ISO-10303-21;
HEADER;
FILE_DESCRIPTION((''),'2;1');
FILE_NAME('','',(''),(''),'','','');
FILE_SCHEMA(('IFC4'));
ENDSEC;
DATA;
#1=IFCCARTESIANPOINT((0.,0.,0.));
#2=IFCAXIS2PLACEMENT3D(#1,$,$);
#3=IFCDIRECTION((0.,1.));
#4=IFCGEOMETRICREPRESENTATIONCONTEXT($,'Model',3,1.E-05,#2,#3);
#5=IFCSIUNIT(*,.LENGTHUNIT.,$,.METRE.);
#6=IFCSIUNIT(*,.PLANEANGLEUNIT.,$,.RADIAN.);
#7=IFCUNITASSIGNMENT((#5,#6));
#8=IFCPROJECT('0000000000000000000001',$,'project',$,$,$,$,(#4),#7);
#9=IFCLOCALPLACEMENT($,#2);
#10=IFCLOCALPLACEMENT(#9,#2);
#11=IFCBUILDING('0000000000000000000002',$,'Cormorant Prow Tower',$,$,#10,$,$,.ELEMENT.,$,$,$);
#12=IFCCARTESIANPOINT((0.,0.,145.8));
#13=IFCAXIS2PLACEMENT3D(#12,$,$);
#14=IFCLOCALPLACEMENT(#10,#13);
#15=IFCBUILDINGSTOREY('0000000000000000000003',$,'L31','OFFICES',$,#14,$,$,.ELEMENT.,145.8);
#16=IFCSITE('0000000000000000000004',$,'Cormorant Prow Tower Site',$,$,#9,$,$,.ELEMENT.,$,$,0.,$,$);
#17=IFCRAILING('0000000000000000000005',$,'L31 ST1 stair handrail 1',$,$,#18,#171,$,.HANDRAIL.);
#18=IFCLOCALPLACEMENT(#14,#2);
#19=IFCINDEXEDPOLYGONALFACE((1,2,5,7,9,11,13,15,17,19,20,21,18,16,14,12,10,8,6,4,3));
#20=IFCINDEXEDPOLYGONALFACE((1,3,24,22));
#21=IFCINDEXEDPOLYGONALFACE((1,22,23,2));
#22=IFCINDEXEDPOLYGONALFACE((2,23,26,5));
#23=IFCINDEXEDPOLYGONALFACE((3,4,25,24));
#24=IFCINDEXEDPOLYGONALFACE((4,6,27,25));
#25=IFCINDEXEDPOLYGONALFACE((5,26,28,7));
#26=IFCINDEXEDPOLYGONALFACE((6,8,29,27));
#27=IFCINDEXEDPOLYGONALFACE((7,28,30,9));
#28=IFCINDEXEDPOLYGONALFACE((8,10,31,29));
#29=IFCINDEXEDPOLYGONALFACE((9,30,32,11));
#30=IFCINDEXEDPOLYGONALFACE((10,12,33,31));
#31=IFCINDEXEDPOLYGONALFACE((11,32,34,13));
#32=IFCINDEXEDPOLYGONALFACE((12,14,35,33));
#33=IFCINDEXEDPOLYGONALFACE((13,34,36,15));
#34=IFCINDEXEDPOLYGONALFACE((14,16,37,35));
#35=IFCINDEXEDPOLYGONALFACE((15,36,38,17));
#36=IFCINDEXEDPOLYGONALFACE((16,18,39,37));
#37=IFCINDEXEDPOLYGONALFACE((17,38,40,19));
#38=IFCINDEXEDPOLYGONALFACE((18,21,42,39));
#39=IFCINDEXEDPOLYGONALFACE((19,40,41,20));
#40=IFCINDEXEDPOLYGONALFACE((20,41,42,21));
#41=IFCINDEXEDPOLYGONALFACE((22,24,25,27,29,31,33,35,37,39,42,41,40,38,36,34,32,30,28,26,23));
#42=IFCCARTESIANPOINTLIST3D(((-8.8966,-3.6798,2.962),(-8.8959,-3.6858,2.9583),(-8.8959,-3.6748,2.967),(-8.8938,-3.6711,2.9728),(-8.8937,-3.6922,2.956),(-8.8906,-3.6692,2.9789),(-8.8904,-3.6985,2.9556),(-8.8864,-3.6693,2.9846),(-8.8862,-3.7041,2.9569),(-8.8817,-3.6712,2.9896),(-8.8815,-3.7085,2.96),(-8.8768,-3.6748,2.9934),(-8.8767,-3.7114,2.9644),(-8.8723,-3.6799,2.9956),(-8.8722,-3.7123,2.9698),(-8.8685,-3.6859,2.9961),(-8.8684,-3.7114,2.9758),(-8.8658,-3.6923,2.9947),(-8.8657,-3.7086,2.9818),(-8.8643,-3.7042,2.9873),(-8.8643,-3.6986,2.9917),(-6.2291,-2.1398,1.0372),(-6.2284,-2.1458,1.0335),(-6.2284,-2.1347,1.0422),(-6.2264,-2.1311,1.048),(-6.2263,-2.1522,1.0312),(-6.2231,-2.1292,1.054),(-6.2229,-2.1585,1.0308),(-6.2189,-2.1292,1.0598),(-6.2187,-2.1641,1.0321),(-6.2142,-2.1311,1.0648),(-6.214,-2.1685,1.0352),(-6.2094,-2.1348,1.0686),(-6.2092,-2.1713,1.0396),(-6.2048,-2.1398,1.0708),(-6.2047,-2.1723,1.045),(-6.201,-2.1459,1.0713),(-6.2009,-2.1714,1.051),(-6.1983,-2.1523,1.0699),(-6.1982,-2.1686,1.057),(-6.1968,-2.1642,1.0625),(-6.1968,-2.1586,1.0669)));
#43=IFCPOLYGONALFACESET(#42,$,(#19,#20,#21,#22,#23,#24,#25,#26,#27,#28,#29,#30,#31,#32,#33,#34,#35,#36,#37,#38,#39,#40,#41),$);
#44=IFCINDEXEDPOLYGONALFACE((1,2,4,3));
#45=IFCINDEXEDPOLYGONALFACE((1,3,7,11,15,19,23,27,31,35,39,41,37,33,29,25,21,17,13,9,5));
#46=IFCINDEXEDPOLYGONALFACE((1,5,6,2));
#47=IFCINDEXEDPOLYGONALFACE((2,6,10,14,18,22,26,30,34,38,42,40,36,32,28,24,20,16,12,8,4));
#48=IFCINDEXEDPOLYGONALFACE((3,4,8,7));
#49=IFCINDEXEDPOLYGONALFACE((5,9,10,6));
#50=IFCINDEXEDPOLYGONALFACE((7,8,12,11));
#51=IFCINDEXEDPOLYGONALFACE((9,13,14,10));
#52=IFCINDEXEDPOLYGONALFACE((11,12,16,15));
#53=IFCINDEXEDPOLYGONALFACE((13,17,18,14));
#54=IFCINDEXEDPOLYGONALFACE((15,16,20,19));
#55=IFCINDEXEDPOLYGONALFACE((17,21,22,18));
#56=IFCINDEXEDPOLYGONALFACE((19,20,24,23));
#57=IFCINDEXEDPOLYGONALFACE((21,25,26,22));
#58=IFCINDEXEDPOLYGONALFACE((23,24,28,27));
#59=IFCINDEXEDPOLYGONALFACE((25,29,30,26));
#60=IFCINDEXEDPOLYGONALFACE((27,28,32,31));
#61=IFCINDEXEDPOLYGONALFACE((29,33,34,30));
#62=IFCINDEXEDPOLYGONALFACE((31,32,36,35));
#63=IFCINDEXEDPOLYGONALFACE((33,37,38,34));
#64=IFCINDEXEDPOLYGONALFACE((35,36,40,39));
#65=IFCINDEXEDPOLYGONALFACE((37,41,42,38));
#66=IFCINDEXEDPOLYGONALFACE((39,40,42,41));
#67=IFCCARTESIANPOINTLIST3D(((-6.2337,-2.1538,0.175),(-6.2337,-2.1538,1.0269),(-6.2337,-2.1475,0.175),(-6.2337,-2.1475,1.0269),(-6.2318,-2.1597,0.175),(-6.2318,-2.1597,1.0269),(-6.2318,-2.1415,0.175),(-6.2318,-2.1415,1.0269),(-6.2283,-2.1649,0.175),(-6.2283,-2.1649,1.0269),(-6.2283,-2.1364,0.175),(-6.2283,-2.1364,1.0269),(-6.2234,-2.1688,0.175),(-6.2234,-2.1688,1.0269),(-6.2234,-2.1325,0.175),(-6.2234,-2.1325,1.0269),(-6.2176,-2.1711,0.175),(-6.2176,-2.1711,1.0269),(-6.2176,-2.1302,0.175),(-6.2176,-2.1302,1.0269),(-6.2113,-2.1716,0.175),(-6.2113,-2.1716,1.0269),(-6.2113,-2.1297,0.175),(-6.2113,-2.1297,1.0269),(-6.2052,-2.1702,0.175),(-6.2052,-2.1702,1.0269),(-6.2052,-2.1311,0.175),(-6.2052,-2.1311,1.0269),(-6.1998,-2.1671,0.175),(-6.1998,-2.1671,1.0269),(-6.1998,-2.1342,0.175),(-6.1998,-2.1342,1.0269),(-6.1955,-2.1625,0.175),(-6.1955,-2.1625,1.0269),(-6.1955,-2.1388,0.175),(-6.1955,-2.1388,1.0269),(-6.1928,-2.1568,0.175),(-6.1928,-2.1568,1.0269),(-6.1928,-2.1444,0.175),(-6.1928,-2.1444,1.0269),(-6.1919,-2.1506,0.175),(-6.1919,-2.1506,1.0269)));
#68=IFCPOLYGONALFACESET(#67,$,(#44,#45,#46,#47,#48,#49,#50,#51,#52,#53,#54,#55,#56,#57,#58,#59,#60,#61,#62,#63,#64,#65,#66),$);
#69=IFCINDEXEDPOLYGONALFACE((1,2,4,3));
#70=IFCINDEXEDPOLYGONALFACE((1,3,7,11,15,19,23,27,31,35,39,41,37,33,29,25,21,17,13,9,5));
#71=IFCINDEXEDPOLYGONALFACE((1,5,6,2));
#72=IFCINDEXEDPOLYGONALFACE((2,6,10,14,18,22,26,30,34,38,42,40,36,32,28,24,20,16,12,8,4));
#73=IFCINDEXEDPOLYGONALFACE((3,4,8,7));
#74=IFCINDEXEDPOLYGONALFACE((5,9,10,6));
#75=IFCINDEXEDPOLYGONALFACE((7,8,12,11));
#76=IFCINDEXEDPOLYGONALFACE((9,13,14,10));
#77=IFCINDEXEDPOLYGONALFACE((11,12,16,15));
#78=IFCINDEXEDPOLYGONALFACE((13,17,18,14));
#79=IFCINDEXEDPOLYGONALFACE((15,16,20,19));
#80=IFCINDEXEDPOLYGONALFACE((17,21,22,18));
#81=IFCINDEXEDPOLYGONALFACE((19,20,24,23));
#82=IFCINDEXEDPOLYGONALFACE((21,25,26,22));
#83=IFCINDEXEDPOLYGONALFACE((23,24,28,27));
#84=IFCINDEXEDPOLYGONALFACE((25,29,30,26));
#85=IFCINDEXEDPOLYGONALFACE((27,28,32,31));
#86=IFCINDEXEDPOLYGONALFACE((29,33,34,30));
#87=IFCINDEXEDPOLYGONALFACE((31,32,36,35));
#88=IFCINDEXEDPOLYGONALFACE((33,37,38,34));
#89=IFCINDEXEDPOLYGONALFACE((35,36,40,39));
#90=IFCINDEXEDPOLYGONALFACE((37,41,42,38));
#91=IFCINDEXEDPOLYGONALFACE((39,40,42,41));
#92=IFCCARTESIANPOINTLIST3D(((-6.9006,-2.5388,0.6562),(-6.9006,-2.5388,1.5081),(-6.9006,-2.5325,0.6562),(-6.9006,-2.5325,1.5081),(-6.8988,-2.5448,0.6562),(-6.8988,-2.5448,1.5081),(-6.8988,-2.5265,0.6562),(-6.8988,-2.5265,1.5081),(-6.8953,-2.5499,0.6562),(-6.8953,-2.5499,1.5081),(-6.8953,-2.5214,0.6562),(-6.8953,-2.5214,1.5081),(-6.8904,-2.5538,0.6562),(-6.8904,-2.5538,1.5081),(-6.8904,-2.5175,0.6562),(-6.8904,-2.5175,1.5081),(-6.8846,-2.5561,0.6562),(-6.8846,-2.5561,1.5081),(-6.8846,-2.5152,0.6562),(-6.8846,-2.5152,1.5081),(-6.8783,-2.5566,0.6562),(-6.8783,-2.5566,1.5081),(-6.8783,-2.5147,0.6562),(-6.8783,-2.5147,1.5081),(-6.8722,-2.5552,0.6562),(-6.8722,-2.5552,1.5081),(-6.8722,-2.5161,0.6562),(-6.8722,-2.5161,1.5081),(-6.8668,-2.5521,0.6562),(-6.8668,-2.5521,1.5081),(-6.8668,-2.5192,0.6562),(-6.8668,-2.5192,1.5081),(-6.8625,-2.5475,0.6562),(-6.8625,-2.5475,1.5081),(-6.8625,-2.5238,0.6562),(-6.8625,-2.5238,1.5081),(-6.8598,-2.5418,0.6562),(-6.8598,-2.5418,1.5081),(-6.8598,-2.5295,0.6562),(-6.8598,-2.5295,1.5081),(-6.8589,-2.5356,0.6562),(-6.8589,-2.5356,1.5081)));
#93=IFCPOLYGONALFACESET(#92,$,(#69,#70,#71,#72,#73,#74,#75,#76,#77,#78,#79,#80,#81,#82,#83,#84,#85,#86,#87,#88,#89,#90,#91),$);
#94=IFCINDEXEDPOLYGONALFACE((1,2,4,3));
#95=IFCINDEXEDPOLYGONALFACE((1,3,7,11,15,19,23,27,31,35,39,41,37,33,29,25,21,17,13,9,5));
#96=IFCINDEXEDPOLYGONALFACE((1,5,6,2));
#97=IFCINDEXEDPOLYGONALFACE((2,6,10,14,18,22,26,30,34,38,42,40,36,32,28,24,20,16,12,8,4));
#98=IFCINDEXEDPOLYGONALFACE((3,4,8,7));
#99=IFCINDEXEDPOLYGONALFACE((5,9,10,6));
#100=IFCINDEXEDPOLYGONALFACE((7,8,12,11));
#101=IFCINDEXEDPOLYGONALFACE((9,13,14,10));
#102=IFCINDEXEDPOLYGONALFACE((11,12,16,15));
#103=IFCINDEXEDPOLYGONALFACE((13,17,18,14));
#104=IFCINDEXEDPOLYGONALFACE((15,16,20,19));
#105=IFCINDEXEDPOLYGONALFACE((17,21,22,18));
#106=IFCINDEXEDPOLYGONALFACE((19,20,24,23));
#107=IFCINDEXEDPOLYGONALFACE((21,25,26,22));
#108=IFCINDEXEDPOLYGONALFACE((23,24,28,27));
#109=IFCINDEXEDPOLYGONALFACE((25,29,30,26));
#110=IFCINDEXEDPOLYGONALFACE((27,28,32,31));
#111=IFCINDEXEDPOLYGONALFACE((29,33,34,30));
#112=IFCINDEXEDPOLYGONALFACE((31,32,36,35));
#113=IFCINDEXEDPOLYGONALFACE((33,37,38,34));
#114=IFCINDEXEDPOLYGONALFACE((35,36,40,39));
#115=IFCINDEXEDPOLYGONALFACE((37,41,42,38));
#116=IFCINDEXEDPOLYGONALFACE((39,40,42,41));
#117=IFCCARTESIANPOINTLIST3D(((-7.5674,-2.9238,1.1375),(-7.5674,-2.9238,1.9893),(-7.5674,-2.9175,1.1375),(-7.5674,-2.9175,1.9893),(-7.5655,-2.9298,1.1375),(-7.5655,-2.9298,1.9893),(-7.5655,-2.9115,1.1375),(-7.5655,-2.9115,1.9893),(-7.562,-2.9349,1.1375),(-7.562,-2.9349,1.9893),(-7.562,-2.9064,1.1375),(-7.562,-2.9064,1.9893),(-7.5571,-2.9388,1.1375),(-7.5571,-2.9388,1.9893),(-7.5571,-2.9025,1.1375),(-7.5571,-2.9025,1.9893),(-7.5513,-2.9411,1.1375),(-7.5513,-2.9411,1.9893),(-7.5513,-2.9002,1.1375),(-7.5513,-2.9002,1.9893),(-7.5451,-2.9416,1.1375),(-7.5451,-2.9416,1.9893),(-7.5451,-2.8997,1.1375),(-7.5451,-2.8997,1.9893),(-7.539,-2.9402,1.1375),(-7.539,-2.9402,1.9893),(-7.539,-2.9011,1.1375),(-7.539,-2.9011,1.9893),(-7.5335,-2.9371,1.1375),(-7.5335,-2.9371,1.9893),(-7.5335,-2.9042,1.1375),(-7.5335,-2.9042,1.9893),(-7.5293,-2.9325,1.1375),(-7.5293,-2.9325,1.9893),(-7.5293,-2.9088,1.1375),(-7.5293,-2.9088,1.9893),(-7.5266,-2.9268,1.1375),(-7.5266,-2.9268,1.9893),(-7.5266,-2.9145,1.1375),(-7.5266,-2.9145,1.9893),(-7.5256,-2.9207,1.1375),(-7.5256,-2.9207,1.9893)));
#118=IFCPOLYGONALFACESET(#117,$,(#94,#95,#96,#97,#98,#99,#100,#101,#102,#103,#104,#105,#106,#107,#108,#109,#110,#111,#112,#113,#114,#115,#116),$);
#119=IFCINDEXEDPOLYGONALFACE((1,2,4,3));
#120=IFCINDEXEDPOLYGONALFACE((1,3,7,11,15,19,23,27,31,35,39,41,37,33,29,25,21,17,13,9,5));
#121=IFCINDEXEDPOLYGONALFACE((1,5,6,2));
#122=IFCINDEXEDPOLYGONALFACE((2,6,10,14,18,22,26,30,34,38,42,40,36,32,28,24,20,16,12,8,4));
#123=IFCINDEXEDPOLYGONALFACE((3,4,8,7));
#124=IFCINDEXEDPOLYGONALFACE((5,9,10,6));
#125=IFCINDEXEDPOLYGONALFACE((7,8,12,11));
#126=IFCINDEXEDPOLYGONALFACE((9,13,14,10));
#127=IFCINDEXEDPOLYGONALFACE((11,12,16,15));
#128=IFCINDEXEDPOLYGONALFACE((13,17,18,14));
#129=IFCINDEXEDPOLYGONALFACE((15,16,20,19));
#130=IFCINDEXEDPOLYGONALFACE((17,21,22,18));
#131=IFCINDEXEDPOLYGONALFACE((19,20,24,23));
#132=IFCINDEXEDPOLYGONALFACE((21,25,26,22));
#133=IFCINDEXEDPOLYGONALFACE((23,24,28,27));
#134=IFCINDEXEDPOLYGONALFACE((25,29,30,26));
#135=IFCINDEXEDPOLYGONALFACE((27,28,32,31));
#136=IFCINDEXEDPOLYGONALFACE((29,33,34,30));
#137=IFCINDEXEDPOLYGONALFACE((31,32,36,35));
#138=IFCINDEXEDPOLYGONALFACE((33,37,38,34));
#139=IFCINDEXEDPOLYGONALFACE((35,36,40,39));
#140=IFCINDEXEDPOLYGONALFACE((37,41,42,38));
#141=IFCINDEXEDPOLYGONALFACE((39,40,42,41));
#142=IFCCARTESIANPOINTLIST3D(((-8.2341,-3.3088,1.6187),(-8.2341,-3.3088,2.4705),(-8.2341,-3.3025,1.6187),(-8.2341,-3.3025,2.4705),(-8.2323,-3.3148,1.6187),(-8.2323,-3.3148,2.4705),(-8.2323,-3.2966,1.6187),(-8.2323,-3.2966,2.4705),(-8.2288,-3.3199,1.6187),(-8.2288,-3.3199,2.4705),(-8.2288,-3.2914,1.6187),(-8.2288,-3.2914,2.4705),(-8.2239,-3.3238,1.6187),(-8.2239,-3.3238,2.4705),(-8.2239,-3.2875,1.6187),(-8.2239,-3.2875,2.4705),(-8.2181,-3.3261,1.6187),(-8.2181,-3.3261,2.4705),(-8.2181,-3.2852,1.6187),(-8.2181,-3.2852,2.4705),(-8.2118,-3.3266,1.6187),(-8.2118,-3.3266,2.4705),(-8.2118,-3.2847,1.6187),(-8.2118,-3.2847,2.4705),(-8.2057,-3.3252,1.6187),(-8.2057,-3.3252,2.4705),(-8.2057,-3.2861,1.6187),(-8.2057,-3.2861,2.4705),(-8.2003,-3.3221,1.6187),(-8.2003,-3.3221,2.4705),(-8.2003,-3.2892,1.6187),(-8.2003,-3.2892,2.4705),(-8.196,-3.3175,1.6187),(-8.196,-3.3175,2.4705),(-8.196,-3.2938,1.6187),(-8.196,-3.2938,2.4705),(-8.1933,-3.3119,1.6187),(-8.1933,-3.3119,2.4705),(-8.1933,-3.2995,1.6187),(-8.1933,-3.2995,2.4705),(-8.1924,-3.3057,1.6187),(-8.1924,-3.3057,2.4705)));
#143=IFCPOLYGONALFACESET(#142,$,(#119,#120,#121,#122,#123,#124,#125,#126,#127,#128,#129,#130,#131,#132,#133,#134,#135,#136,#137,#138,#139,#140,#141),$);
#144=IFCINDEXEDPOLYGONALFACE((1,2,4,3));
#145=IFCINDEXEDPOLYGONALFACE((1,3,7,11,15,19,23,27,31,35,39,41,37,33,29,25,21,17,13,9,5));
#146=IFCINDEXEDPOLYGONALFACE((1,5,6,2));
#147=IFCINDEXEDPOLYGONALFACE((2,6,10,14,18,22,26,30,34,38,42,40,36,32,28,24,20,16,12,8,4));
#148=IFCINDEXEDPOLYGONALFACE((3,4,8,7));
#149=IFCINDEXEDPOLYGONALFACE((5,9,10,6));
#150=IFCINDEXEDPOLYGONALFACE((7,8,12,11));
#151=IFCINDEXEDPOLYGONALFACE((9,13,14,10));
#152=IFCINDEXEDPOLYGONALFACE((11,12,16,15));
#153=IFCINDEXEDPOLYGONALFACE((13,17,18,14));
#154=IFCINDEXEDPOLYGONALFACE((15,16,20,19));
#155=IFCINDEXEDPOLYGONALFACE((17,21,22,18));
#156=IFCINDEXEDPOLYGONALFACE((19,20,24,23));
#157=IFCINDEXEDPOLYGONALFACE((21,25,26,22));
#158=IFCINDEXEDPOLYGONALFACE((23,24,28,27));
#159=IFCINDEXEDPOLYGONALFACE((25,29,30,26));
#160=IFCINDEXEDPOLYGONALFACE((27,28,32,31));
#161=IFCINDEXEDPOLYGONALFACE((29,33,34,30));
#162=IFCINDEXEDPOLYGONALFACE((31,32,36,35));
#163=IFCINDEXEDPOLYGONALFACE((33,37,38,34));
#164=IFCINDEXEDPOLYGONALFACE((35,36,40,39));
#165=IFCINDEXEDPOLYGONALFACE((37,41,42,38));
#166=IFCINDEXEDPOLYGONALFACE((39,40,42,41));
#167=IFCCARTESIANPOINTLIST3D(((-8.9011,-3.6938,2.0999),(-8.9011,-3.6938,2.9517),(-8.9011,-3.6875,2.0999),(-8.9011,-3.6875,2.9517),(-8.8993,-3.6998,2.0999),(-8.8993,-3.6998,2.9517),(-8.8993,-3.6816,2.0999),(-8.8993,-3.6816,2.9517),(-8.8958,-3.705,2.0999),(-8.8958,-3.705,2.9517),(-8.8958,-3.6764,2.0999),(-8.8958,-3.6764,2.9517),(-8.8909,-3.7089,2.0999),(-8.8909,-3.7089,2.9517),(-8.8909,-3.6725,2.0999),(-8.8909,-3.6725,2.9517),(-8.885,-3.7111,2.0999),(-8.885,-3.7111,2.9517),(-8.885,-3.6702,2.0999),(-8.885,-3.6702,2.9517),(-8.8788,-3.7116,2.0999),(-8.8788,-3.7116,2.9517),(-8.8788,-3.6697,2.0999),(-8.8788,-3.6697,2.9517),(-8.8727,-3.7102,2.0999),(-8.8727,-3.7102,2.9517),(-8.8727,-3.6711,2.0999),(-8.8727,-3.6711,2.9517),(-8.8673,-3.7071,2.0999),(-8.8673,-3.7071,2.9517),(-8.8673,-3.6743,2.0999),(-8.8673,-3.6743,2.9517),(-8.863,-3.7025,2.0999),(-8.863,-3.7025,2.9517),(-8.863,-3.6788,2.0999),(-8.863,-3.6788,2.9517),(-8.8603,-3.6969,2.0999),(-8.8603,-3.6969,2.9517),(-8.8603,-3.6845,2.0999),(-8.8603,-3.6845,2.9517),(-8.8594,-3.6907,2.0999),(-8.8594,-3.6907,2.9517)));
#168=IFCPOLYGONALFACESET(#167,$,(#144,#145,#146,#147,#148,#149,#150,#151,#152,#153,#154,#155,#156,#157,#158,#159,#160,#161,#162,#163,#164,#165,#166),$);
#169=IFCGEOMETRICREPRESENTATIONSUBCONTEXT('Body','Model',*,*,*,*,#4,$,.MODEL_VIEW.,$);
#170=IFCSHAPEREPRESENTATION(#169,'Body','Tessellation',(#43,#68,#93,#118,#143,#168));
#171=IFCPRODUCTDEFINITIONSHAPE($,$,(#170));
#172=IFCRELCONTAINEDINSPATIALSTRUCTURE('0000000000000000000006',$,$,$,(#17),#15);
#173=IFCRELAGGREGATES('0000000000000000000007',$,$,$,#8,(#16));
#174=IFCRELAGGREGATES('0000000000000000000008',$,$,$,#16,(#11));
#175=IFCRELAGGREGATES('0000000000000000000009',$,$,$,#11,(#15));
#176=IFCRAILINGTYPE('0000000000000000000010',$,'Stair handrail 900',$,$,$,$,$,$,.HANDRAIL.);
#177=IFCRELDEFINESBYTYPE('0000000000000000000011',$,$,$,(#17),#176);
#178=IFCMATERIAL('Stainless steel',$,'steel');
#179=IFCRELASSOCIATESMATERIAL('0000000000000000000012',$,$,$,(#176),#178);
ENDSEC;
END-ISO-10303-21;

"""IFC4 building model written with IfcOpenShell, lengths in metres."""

from ifc_helpers import new_model, si_unit, direction, frame, origin, origin_2d, place, context, subcontext, project, spatial, circle, extrude, material, type_object, element, save


model = new_model("IFC4")

# Units and contexts
model_context = context("Model", 3, precision=1e-05, world=origin(), true_north=direction((0.0, 1.0)))
body_context = subcontext(model_context, "Body", "Model", "MODEL_VIEW")
ifc_project = project(units=[si_unit("LENGTHUNIT", "METRE"), si_unit("PLANEANGLEUNIT", "RADIAN")], contexts=[model_context])

# Site, building, storey
site_placement = place(None, origin())
site = spatial("IfcSite", under=ifc_project, at=site_placement, Name="Cormorant Prow Tower Site", CompositionType="ELEMENT", RefElevation=0.0)
building_placement = place(site_placement, origin())
building = spatial("IfcBuilding", under=site, at=building_placement, Name="Cormorant Prow Tower", CompositionType="ELEMENT")
storey_placement = place(building_placement, frame((0.0, 0.0, 145.8)))
storey = spatial("IfcBuildingStorey", under=building, at=storey_placement, Name="L31", Description="OFFICES", CompositionType="ELEMENT", Elevation=145.8)

# Railing
ifc_material_1 = material(Name="Stainless steel", Category="steel")
railing_type_1 = type_object("IfcRailingType", Name="Stair handrail 900", PredefinedType="HANDRAIL", material=ifc_material_1)
railing_1_placement = place(storey_placement, frame((-6.2129, -2.1506, 0.175)))
element("IfcRailing", 1, at=railing_1_placement, inside=storey, type_object=railing_type_1, Name="L31 ST1 stair handrail 1", PredefinedType="HANDRAIL", context=body_context, shape_type="SweptSolid", body=[
    extrude(circle(Radius=0.0239, at=origin_2d()), frame((0.0, 0.0, 0.876), z_axis=(-0.734421, -0.42401, 0.529945), x_axis=(0.499992, -0.86603, 0.0)), (0.0, 0.0, 1.0), 3.6321),
    extrude(circle(Radius=0.021, at=origin_2d()), origin(), (0.0, 0.0, 1.0), 0.8518),
    extrude(circle(Radius=0.021, at=origin_2d()), frame((-0.667, -0.385, 0.4812)), (0.0, 0.0, 1.0), 0.8518),
    extrude(circle(Radius=0.021, at=origin_2d()), frame((-1.3337, -0.77, 0.9624)), (0.0, 0.0, 1.0), 0.8518),
    extrude(circle(Radius=0.021, at=origin_2d()), frame((-2.0005, -1.155, 1.4436)), (0.0, 0.0, 1.0), 0.8518),
    extrude(circle(Radius=0.021, at=origin_2d()), frame((-2.6675, -1.54, 1.9248)), (0.0, 0.0, 1.0), 0.8518),
])

save(model, "model.ifc")
